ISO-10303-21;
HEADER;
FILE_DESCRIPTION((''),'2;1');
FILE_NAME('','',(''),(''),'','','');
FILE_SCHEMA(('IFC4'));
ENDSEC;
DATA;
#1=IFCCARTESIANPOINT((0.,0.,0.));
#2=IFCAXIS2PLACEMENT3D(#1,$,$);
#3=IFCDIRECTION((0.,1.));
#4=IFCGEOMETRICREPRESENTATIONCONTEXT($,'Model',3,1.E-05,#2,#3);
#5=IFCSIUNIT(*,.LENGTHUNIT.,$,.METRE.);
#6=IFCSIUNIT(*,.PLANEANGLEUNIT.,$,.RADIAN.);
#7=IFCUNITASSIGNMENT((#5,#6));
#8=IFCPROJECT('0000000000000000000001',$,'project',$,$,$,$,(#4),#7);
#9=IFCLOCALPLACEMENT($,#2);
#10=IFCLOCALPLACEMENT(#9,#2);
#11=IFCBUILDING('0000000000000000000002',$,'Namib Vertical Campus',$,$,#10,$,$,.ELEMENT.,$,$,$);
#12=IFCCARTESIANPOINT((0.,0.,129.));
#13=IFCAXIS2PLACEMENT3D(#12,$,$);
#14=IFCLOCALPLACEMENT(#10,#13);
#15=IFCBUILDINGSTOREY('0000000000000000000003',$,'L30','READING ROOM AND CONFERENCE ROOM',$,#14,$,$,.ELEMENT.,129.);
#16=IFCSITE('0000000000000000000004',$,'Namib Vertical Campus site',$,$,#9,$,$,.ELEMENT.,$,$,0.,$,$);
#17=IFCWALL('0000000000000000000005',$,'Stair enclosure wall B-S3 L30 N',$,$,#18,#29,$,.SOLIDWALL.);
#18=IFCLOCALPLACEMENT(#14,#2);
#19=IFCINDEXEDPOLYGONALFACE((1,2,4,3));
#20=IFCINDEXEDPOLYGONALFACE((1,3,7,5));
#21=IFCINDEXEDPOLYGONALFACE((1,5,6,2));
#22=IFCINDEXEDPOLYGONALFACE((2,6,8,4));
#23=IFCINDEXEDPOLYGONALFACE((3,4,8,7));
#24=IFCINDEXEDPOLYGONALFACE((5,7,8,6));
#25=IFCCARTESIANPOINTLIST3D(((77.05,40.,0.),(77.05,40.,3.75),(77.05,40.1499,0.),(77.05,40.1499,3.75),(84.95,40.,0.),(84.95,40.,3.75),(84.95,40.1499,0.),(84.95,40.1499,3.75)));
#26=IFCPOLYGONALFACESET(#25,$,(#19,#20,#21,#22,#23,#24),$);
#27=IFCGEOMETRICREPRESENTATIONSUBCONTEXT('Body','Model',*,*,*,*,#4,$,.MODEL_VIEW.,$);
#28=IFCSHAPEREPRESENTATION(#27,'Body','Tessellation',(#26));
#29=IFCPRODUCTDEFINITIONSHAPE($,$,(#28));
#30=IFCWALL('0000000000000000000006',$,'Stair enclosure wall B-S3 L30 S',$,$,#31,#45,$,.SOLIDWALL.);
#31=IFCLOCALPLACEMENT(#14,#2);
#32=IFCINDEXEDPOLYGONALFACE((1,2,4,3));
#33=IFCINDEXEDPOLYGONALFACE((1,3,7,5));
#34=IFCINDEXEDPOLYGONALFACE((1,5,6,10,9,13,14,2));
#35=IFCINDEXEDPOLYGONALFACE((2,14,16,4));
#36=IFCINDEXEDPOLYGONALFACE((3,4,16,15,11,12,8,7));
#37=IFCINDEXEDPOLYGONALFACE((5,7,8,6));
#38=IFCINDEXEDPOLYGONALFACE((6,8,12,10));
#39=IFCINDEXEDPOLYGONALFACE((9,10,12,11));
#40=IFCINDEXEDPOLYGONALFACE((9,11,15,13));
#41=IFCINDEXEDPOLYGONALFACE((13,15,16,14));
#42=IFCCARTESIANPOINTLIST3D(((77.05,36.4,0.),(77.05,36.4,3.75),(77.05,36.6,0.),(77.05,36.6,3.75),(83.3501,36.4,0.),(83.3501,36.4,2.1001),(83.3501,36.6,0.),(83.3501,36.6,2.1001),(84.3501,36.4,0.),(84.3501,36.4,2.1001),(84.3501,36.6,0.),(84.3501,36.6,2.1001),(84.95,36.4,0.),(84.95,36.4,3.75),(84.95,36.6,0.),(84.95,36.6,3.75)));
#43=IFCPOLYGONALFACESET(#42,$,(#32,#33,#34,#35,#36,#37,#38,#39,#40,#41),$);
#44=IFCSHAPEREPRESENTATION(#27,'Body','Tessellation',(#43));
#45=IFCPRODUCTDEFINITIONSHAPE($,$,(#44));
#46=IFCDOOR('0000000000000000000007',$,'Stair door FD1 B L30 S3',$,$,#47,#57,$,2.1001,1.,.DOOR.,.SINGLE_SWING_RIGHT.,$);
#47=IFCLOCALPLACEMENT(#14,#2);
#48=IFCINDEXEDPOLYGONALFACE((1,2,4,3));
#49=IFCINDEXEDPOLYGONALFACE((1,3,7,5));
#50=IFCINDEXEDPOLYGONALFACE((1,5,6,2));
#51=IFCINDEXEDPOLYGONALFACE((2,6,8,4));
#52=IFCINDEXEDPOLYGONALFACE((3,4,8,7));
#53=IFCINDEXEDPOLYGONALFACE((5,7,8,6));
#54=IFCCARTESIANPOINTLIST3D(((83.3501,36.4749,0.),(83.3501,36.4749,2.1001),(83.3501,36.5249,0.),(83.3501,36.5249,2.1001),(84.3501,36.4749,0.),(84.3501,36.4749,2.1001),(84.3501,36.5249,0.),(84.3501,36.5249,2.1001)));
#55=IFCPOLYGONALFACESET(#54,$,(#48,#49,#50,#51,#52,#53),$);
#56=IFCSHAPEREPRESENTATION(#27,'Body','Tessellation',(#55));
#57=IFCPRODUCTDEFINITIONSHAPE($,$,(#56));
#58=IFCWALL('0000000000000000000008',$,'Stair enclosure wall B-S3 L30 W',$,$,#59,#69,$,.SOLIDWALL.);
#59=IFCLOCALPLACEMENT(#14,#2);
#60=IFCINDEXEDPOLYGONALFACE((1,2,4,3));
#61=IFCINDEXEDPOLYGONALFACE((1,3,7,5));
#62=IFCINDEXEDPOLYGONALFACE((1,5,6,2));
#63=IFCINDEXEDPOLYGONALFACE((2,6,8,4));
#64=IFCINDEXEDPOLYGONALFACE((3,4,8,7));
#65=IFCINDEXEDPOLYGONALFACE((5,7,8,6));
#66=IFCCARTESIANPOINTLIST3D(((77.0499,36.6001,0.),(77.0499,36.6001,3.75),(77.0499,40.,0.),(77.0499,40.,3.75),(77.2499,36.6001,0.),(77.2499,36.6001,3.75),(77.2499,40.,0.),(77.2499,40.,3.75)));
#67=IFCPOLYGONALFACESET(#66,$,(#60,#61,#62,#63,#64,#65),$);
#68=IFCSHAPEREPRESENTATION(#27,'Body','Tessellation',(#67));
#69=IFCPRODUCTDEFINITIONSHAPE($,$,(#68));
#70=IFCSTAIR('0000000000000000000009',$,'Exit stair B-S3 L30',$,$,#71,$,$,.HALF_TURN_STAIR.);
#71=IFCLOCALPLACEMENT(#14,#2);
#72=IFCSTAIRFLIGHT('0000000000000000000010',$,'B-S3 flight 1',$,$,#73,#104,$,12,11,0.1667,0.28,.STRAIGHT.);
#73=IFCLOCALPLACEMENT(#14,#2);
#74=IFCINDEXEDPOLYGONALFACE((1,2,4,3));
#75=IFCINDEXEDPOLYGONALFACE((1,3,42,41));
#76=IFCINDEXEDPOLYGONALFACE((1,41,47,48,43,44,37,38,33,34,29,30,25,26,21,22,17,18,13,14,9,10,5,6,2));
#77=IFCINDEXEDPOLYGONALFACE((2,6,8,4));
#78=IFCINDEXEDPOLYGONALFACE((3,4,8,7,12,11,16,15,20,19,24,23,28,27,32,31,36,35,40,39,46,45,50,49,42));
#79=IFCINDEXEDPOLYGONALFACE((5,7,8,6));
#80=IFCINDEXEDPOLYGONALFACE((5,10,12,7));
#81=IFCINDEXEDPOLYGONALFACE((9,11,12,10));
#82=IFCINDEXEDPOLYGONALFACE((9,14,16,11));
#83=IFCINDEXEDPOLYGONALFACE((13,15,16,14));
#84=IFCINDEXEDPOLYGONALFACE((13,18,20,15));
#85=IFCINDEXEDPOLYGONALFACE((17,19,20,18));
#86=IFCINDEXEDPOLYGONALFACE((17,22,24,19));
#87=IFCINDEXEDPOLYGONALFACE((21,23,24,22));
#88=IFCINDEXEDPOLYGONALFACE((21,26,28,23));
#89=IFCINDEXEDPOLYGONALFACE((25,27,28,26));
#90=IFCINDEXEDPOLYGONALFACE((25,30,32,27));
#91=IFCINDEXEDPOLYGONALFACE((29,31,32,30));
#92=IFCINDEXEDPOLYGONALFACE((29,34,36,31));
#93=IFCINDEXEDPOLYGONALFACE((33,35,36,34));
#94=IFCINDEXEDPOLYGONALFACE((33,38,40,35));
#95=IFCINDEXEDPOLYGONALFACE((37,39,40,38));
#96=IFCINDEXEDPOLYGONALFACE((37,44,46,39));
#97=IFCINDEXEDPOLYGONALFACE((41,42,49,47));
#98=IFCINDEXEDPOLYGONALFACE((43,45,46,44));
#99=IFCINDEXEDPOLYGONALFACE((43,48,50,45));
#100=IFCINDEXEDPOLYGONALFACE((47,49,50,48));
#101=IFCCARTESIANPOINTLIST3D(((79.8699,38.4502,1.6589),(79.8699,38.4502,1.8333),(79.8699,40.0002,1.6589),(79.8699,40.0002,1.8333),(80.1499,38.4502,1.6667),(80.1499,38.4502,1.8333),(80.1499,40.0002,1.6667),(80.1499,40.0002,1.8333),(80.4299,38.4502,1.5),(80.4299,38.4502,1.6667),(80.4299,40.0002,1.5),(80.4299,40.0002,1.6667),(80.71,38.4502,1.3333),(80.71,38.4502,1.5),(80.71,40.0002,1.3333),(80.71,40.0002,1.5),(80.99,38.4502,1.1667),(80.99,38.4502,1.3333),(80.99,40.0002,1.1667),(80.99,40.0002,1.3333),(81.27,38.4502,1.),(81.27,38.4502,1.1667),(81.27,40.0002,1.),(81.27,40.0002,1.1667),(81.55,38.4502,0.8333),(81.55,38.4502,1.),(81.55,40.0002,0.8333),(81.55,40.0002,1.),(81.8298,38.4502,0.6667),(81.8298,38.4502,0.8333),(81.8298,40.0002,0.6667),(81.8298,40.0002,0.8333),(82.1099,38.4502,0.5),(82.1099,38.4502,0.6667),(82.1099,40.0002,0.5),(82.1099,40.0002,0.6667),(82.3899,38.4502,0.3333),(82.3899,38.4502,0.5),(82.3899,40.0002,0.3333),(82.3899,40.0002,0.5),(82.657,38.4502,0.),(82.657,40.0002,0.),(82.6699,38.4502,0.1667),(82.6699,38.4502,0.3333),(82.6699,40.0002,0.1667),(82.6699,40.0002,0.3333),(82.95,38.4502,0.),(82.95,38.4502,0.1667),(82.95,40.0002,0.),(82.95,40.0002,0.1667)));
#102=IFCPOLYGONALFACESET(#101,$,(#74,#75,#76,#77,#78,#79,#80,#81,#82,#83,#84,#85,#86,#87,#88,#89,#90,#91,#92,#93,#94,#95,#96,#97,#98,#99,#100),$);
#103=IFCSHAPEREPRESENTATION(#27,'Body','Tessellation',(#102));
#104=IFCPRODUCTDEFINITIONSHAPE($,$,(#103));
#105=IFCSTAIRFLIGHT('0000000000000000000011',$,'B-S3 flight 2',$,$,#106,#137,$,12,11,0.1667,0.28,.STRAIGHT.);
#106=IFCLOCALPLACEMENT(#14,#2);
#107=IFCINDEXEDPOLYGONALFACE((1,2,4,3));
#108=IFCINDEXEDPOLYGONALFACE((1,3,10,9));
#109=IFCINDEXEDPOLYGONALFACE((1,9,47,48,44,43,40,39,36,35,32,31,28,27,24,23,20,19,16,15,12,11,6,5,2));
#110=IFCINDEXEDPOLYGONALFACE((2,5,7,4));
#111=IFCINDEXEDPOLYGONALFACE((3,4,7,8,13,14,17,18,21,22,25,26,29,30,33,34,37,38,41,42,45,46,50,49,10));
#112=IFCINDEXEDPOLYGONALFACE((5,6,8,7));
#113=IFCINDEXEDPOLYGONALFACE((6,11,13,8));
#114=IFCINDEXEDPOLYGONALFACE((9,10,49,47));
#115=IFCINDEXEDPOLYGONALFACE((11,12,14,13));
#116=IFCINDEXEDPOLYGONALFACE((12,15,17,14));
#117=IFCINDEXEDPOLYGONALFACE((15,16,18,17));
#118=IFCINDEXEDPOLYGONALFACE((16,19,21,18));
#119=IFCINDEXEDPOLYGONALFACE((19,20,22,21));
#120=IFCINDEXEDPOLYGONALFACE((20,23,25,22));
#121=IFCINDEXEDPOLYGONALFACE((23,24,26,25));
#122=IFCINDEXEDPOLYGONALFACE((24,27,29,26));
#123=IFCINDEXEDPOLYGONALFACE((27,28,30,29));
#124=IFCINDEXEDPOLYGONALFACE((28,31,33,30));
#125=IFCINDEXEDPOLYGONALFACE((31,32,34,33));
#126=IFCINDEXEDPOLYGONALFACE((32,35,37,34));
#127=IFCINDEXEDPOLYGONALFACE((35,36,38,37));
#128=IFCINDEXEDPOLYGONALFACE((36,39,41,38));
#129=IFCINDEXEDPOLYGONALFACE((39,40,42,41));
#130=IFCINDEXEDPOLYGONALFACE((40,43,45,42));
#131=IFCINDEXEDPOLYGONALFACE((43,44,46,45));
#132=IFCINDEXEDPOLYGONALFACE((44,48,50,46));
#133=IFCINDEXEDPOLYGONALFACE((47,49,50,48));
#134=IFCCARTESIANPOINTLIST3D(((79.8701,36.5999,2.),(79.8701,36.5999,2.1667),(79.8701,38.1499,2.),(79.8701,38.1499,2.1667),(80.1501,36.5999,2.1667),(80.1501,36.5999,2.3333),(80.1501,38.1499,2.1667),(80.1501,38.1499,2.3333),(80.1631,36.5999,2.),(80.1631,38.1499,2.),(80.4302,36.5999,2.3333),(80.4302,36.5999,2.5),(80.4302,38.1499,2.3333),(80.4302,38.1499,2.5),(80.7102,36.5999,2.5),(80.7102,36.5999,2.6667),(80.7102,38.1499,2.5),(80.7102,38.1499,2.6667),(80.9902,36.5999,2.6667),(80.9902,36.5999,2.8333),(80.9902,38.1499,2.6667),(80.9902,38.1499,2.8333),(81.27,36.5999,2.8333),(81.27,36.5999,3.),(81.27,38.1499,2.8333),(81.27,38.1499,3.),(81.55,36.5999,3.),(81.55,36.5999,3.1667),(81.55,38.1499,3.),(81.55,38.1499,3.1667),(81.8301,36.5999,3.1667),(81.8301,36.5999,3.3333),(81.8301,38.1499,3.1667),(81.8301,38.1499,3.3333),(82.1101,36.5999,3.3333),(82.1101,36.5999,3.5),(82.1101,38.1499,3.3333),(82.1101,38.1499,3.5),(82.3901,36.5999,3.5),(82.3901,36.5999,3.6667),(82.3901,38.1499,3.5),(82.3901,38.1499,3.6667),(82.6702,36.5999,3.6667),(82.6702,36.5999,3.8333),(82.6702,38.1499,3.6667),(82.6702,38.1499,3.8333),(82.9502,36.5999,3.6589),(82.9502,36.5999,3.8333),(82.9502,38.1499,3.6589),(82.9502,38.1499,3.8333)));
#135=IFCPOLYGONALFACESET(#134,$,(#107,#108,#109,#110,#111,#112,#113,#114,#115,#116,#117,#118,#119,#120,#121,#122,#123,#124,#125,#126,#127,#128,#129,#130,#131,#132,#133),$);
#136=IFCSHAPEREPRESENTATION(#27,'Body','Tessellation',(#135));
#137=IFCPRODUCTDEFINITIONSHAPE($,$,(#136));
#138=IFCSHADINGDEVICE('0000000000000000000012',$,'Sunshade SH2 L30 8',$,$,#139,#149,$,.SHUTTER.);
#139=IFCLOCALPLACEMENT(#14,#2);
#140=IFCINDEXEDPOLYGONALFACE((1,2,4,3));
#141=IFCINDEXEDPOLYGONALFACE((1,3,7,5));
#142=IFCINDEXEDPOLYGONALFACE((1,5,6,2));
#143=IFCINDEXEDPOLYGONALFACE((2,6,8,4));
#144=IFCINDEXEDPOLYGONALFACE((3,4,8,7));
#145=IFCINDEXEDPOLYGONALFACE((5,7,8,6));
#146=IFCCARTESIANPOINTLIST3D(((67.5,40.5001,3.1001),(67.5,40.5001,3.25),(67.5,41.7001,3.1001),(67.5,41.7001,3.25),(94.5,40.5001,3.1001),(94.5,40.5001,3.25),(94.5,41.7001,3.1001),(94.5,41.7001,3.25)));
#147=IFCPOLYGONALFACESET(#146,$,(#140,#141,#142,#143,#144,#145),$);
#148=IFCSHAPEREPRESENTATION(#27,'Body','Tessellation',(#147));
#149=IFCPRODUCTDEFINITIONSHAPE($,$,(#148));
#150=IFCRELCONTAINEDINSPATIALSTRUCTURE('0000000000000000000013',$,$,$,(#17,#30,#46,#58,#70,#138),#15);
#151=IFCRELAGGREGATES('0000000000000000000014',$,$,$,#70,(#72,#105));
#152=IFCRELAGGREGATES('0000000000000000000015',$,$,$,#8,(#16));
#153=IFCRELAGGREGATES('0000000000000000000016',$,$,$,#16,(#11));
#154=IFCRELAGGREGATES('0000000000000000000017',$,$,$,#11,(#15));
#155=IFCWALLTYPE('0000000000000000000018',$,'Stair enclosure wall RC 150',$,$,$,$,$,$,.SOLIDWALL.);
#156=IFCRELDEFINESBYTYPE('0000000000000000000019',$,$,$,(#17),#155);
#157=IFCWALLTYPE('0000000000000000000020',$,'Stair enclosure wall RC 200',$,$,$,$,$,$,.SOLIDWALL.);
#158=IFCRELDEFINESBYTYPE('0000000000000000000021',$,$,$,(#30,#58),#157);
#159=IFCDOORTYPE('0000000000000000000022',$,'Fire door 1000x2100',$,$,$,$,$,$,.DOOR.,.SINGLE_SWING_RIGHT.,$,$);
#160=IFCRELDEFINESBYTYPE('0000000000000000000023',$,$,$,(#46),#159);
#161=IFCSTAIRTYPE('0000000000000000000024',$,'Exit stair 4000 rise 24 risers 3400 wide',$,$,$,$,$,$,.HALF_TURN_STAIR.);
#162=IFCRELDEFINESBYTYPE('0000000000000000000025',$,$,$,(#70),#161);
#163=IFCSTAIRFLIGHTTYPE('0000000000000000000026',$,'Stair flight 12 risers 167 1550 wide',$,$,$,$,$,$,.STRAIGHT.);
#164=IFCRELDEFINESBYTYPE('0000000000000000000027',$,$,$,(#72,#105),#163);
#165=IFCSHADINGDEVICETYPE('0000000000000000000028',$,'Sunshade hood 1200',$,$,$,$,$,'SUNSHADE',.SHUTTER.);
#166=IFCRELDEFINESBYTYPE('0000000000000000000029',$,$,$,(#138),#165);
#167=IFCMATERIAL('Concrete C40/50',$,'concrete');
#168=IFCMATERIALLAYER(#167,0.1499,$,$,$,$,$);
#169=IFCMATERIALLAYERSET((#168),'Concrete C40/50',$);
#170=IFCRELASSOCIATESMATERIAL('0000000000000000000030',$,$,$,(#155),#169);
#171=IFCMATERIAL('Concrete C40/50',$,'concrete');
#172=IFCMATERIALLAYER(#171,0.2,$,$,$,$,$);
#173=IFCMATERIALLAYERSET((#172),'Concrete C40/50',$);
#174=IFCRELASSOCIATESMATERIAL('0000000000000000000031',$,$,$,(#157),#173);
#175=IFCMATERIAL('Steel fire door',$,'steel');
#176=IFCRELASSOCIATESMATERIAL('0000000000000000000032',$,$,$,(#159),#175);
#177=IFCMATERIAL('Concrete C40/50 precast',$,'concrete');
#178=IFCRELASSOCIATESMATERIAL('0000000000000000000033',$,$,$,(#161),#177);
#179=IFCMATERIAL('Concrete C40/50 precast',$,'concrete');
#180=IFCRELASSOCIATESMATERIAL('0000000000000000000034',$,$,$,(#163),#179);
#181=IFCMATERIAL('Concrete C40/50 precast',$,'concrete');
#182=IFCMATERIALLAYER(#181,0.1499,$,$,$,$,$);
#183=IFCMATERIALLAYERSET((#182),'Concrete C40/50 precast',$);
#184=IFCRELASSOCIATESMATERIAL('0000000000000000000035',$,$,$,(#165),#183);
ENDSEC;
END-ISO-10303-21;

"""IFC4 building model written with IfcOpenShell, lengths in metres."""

from ifc_helpers import new_model, si_unit, direction, frame, frame_2d, origin, origin_2d, place, context, subcontext, project, spatial, polyline, rectangle, outline, extrude, material, layer, layer_set, type_object, element, fill, aggregate, save


model = new_model("IFC4")

# Units and contexts
model_context = context("Model", 3, precision=1e-05, world=origin(), true_north=direction((0.0, 1.0)))
body_context = subcontext(model_context, "Body", "Model", "MODEL_VIEW")
ifc_project = project(units=[si_unit("LENGTHUNIT", "METRE"), si_unit("PLANEANGLEUNIT", "RADIAN")], contexts=[model_context])

# Site, building, storey
site_placement = place(None, origin())
site = spatial("IfcSite", under=ifc_project, at=site_placement, Name="Namib Vertical Campus site", CompositionType="ELEMENT", RefElevation=0.0)
building_placement = place(site_placement, origin())
building = spatial("IfcBuilding", under=site, at=building_placement, Name="Namib Vertical Campus", CompositionType="ELEMENT")
storey_placement = place(building_placement, frame((0.0, 0.0, 129.0)))
storey = spatial("IfcBuildingStorey", under=building, at=storey_placement, Name="L30", Description="READING ROOM AND CONFERENCE ROOM", CompositionType="ELEMENT", Elevation=129.0)

# Wall
ifc_material_1 = material(Name="Concrete C40/50", Category="concrete")
ifc_layer_1 = layer(ifc_material_1, 0.1499)
ifc_layer_set_1 = layer_set([ifc_layer_1], Name="Concrete C40/50")
wall_type_1 = type_object("IfcWallType", Name="Stair enclosure wall RC 150", PredefinedType="SOLIDWALL", material=ifc_layer_set_1)
wall_1_placement = place(storey_placement, frame((77.05, 40.075, 0.0), z_axis=(0.0, 0.0, 1.0), x_axis=(1.0, 0.0, 0.0)))
element("IfcWall", 1, at=wall_1_placement, inside=storey, type_object=wall_type_1, Name="Stair enclosure wall B-S3 L30 N", PredefinedType="SOLIDWALL", context=body_context, shape_type="SweptSolid", body=[
    extrude(rectangle(XDim=7.8999, YDim=0.1499, at=frame_2d((3.95, 0.0))), origin(), (0.0, 0.0, 1.0), 3.75),
])

# Wall, opening, door
ifc_material_2 = material(Name="Concrete C40/50", Category="concrete")
ifc_layer_2 = layer(ifc_material_2, 0.2)
ifc_layer_set_2 = layer_set([ifc_layer_2], Name="Concrete C40/50")
wall_type_2 = type_object("IfcWallType", Name="Stair enclosure wall RC 200", PredefinedType="SOLIDWALL", material=ifc_layer_set_2)
wall_2_placement = place(storey_placement, frame((77.05, 36.5, 0.0), z_axis=(0.0, 0.0, 1.0), x_axis=(1.0, 0.0, 0.0)))
wall_2 = element("IfcWall", 2, at=wall_2_placement, inside=storey, type_object=wall_type_2, Name="Stair enclosure wall B-S3 L30 S", PredefinedType="SOLIDWALL", context=body_context, shape_type="SweptSolid", body=[
    extrude(rectangle(XDim=7.8999, YDim=0.2, at=frame_2d((3.95, 0.0))), origin(), (0.0, 0.0, 1.0), 3.75),
])
opening_1_placement = place(wall_2_placement, frame((6.3, 0.0, 0.0)))
opening_1 = element("IfcOpeningElement", 3, at=opening_1_placement, cuts=wall_2, PredefinedType="OPENING", context=body_context, shape_type="SweptSolid", body=[
    extrude(rectangle(XDim=1.0, YDim=2.1001, at=frame_2d((0.5, 1.05))), frame((0.0, 0.1099, 0.0), z_axis=(0.0, -1.0, 0.0), x_axis=(1.0, 0.0, 0.0)), (0.0, 0.0, 1.0), 0.22),
])
ifc_material_3 = material(Name="Steel fire door", Category="steel")
door_type_1 = type_object("IfcDoorType", Name="Fire door 1000x2100", OperationType="SINGLE_SWING_RIGHT", PredefinedType="DOOR", material=ifc_material_3)
door_1_placement = place(opening_1_placement, origin())
door_1 = element("IfcDoor", 4, at=door_1_placement, inside=storey, type_object=door_type_1, Name="Stair door FD1 B L30 S3", OperationType="SINGLE_SWING_RIGHT", OverallHeight=2.1001, OverallWidth=1.0, PredefinedType="DOOR", context=body_context, shape_type="SweptSolid", body=[
    extrude(rectangle(XDim=1.0, YDim=2.1001, at=frame_2d((0.5, 1.05))), frame((0.0, 0.0249, 0.0), z_axis=(0.0, -1.0, 0.0), x_axis=(1.0, 0.0, 0.0)), (0.0, 0.0, 1.0), 0.05),
])
fill(opening_1, door_1)

# Wall
wall_3_placement = place(storey_placement, frame((77.1499, 36.6001, 0.0), z_axis=(0.0, 0.0, 1.0), x_axis=(0.0, 1.0, 0.0)))
element("IfcWall", 5, at=wall_3_placement, inside=storey, type_object=wall_type_2, Name="Stair enclosure wall B-S3 L30 W", PredefinedType="SOLIDWALL", context=body_context, shape_type="SweptSolid", body=[
    extrude(rectangle(XDim=3.3999, YDim=0.2, at=frame_2d((1.7, 0.0))), origin(), (0.0, 0.0, 1.0), 3.75),
])

# Stair, stair flights
ifc_material_4 = material(Name="Concrete C40/50 precast", Category="concrete")
stair_type = type_object("IfcStairType", Name="Exit stair 4000 rise 24 risers 3400 wide", PredefinedType="HALF_TURN_STAIR", material=ifc_material_4)
stair_placement = place(storey_placement, origin())
stair = element("IfcStair", 6, at=stair_placement, inside=storey, type_object=stair_type, Name="Exit stair B-S3 L30", PredefinedType="HALF_TURN_STAIR")
ifc_material_5 = material(Name="Concrete C40/50 precast", Category="concrete")
stair_flight_type = type_object("IfcStairFlightType", Name="Stair flight 12 risers 167 1550 wide", PredefinedType="STRAIGHT", material=ifc_material_5)
stair_flight_1_placement = place(storey_placement, frame((82.95, 39.2251, 0.0), z_axis=(0.0, 0.0, 1.0), x_axis=(-1.0, 0.0, 0.0)))
stair_flight_1 = element("IfcStairFlight", 7, at=stair_flight_1_placement, type_object=stair_flight_type, Name="B-S3 flight 1", NumberOfRisers=12, NumberOfTreads=11, PredefinedType="STRAIGHT", RiserHeight=0.1667, TreadLength=0.28, context=body_context, shape_type="SweptSolid", body=[
    extrude(outline(polyline([(0.0, 0.0), (0.0, 0.1667), (0.28, 0.1667), (0.28, 0.3333), (0.5601, 0.3333), (0.5601, 0.5), (0.8401, 0.5), (0.8401, 0.6667), (1.1201, 0.6667), (1.1201, 0.8333), (1.3999, 0.8333), (1.3999, 1.0), (1.6799, 1.0), (1.6799, 1.1667), (1.96, 1.1667), (1.96, 1.3333), (2.24, 1.3333), (2.24, 1.5), (2.52, 1.5), (2.52, 1.6667), (2.8, 1.6667), (2.8, 1.8333), (3.0801, 1.8333), (3.0801, 2.0), (3.0801, 1.6589), (0.293, 0.0), (0.0, 0.0)])), frame((0.0, 0.7749, 0.0), z_axis=(0.0, -1.0, 0.0), x_axis=(1.0, 0.0, 0.0)), (0.0, 0.0, 1.0), 1.55),
])
stair_flight_2_placement = place(storey_placement, frame((79.8701, 37.375, 2.0), z_axis=(0.0, 0.0, 1.0), x_axis=(1.0, 0.0, 0.0)))
stair_flight_2 = element("IfcStairFlight", 8, at=stair_flight_2_placement, type_object=stair_flight_type, Name="B-S3 flight 2", NumberOfRisers=12, NumberOfTreads=11, PredefinedType="STRAIGHT", RiserHeight=0.1667, TreadLength=0.28, context=body_context, shape_type="SweptSolid", body=[
    extrude(outline(polyline([(0.0, 0.0), (0.0, 0.1667), (0.28, 0.1667), (0.28, 0.3333), (0.5601, 0.3333), (0.5601, 0.5), (0.8401, 0.5), (0.8401, 0.6667), (1.1201, 0.6667), (1.1201, 0.8333), (1.3999, 0.8333), (1.3999, 1.0), (1.6799, 1.0), (1.6799, 1.1667), (1.96, 1.1667), (1.96, 1.3333), (2.24, 1.3333), (2.24, 1.5), (2.52, 1.5), (2.52, 1.6667), (2.8, 1.6667), (2.8, 1.8333), (3.0801, 1.8333), (3.0801, 2.0), (3.0801, 1.6589), (0.293, 0.0), (0.0, 0.0)])), frame((0.0, 0.7749, 0.0), z_axis=(0.0, -1.0, 0.0), x_axis=(1.0, 0.0, 0.0)), (0.0, 0.0, 1.0), 1.55),
])
aggregate(stair, [stair_flight_1, stair_flight_2])

# Shading device
ifc_material_6 = material(Name="Concrete C40/50 precast", Category="concrete")
ifc_layer_3 = layer(ifc_material_6, 0.1499)
ifc_layer_set_3 = layer_set([ifc_layer_3], Name="Concrete C40/50 precast")
shading_device_type = type_object("IfcShadingDeviceType", Name="Sunshade hood 1200", ElementType="SUNSHADE", PredefinedType="SHUTTER", material=ifc_layer_set_3)
shading_device_placement = place(storey_placement, frame((81.0, 41.1001, 3.1001), z_axis=(0.0, 0.0, 1.0), x_axis=(-1.0, 0.0, 0.0)))
element("IfcShadingDevice", 9, at=shading_device_placement, inside=storey, type_object=shading_device_type, Name="Sunshade SH2 L30 8", PredefinedType="SHUTTER", context=body_context, shape_type="SweptSolid", body=[
    extrude(rectangle(XDim=27.0, YDim=1.2, at=origin_2d()), origin(), (0.0, 0.0, 1.0), 0.1499),
])

save(model, "model.ifc")
